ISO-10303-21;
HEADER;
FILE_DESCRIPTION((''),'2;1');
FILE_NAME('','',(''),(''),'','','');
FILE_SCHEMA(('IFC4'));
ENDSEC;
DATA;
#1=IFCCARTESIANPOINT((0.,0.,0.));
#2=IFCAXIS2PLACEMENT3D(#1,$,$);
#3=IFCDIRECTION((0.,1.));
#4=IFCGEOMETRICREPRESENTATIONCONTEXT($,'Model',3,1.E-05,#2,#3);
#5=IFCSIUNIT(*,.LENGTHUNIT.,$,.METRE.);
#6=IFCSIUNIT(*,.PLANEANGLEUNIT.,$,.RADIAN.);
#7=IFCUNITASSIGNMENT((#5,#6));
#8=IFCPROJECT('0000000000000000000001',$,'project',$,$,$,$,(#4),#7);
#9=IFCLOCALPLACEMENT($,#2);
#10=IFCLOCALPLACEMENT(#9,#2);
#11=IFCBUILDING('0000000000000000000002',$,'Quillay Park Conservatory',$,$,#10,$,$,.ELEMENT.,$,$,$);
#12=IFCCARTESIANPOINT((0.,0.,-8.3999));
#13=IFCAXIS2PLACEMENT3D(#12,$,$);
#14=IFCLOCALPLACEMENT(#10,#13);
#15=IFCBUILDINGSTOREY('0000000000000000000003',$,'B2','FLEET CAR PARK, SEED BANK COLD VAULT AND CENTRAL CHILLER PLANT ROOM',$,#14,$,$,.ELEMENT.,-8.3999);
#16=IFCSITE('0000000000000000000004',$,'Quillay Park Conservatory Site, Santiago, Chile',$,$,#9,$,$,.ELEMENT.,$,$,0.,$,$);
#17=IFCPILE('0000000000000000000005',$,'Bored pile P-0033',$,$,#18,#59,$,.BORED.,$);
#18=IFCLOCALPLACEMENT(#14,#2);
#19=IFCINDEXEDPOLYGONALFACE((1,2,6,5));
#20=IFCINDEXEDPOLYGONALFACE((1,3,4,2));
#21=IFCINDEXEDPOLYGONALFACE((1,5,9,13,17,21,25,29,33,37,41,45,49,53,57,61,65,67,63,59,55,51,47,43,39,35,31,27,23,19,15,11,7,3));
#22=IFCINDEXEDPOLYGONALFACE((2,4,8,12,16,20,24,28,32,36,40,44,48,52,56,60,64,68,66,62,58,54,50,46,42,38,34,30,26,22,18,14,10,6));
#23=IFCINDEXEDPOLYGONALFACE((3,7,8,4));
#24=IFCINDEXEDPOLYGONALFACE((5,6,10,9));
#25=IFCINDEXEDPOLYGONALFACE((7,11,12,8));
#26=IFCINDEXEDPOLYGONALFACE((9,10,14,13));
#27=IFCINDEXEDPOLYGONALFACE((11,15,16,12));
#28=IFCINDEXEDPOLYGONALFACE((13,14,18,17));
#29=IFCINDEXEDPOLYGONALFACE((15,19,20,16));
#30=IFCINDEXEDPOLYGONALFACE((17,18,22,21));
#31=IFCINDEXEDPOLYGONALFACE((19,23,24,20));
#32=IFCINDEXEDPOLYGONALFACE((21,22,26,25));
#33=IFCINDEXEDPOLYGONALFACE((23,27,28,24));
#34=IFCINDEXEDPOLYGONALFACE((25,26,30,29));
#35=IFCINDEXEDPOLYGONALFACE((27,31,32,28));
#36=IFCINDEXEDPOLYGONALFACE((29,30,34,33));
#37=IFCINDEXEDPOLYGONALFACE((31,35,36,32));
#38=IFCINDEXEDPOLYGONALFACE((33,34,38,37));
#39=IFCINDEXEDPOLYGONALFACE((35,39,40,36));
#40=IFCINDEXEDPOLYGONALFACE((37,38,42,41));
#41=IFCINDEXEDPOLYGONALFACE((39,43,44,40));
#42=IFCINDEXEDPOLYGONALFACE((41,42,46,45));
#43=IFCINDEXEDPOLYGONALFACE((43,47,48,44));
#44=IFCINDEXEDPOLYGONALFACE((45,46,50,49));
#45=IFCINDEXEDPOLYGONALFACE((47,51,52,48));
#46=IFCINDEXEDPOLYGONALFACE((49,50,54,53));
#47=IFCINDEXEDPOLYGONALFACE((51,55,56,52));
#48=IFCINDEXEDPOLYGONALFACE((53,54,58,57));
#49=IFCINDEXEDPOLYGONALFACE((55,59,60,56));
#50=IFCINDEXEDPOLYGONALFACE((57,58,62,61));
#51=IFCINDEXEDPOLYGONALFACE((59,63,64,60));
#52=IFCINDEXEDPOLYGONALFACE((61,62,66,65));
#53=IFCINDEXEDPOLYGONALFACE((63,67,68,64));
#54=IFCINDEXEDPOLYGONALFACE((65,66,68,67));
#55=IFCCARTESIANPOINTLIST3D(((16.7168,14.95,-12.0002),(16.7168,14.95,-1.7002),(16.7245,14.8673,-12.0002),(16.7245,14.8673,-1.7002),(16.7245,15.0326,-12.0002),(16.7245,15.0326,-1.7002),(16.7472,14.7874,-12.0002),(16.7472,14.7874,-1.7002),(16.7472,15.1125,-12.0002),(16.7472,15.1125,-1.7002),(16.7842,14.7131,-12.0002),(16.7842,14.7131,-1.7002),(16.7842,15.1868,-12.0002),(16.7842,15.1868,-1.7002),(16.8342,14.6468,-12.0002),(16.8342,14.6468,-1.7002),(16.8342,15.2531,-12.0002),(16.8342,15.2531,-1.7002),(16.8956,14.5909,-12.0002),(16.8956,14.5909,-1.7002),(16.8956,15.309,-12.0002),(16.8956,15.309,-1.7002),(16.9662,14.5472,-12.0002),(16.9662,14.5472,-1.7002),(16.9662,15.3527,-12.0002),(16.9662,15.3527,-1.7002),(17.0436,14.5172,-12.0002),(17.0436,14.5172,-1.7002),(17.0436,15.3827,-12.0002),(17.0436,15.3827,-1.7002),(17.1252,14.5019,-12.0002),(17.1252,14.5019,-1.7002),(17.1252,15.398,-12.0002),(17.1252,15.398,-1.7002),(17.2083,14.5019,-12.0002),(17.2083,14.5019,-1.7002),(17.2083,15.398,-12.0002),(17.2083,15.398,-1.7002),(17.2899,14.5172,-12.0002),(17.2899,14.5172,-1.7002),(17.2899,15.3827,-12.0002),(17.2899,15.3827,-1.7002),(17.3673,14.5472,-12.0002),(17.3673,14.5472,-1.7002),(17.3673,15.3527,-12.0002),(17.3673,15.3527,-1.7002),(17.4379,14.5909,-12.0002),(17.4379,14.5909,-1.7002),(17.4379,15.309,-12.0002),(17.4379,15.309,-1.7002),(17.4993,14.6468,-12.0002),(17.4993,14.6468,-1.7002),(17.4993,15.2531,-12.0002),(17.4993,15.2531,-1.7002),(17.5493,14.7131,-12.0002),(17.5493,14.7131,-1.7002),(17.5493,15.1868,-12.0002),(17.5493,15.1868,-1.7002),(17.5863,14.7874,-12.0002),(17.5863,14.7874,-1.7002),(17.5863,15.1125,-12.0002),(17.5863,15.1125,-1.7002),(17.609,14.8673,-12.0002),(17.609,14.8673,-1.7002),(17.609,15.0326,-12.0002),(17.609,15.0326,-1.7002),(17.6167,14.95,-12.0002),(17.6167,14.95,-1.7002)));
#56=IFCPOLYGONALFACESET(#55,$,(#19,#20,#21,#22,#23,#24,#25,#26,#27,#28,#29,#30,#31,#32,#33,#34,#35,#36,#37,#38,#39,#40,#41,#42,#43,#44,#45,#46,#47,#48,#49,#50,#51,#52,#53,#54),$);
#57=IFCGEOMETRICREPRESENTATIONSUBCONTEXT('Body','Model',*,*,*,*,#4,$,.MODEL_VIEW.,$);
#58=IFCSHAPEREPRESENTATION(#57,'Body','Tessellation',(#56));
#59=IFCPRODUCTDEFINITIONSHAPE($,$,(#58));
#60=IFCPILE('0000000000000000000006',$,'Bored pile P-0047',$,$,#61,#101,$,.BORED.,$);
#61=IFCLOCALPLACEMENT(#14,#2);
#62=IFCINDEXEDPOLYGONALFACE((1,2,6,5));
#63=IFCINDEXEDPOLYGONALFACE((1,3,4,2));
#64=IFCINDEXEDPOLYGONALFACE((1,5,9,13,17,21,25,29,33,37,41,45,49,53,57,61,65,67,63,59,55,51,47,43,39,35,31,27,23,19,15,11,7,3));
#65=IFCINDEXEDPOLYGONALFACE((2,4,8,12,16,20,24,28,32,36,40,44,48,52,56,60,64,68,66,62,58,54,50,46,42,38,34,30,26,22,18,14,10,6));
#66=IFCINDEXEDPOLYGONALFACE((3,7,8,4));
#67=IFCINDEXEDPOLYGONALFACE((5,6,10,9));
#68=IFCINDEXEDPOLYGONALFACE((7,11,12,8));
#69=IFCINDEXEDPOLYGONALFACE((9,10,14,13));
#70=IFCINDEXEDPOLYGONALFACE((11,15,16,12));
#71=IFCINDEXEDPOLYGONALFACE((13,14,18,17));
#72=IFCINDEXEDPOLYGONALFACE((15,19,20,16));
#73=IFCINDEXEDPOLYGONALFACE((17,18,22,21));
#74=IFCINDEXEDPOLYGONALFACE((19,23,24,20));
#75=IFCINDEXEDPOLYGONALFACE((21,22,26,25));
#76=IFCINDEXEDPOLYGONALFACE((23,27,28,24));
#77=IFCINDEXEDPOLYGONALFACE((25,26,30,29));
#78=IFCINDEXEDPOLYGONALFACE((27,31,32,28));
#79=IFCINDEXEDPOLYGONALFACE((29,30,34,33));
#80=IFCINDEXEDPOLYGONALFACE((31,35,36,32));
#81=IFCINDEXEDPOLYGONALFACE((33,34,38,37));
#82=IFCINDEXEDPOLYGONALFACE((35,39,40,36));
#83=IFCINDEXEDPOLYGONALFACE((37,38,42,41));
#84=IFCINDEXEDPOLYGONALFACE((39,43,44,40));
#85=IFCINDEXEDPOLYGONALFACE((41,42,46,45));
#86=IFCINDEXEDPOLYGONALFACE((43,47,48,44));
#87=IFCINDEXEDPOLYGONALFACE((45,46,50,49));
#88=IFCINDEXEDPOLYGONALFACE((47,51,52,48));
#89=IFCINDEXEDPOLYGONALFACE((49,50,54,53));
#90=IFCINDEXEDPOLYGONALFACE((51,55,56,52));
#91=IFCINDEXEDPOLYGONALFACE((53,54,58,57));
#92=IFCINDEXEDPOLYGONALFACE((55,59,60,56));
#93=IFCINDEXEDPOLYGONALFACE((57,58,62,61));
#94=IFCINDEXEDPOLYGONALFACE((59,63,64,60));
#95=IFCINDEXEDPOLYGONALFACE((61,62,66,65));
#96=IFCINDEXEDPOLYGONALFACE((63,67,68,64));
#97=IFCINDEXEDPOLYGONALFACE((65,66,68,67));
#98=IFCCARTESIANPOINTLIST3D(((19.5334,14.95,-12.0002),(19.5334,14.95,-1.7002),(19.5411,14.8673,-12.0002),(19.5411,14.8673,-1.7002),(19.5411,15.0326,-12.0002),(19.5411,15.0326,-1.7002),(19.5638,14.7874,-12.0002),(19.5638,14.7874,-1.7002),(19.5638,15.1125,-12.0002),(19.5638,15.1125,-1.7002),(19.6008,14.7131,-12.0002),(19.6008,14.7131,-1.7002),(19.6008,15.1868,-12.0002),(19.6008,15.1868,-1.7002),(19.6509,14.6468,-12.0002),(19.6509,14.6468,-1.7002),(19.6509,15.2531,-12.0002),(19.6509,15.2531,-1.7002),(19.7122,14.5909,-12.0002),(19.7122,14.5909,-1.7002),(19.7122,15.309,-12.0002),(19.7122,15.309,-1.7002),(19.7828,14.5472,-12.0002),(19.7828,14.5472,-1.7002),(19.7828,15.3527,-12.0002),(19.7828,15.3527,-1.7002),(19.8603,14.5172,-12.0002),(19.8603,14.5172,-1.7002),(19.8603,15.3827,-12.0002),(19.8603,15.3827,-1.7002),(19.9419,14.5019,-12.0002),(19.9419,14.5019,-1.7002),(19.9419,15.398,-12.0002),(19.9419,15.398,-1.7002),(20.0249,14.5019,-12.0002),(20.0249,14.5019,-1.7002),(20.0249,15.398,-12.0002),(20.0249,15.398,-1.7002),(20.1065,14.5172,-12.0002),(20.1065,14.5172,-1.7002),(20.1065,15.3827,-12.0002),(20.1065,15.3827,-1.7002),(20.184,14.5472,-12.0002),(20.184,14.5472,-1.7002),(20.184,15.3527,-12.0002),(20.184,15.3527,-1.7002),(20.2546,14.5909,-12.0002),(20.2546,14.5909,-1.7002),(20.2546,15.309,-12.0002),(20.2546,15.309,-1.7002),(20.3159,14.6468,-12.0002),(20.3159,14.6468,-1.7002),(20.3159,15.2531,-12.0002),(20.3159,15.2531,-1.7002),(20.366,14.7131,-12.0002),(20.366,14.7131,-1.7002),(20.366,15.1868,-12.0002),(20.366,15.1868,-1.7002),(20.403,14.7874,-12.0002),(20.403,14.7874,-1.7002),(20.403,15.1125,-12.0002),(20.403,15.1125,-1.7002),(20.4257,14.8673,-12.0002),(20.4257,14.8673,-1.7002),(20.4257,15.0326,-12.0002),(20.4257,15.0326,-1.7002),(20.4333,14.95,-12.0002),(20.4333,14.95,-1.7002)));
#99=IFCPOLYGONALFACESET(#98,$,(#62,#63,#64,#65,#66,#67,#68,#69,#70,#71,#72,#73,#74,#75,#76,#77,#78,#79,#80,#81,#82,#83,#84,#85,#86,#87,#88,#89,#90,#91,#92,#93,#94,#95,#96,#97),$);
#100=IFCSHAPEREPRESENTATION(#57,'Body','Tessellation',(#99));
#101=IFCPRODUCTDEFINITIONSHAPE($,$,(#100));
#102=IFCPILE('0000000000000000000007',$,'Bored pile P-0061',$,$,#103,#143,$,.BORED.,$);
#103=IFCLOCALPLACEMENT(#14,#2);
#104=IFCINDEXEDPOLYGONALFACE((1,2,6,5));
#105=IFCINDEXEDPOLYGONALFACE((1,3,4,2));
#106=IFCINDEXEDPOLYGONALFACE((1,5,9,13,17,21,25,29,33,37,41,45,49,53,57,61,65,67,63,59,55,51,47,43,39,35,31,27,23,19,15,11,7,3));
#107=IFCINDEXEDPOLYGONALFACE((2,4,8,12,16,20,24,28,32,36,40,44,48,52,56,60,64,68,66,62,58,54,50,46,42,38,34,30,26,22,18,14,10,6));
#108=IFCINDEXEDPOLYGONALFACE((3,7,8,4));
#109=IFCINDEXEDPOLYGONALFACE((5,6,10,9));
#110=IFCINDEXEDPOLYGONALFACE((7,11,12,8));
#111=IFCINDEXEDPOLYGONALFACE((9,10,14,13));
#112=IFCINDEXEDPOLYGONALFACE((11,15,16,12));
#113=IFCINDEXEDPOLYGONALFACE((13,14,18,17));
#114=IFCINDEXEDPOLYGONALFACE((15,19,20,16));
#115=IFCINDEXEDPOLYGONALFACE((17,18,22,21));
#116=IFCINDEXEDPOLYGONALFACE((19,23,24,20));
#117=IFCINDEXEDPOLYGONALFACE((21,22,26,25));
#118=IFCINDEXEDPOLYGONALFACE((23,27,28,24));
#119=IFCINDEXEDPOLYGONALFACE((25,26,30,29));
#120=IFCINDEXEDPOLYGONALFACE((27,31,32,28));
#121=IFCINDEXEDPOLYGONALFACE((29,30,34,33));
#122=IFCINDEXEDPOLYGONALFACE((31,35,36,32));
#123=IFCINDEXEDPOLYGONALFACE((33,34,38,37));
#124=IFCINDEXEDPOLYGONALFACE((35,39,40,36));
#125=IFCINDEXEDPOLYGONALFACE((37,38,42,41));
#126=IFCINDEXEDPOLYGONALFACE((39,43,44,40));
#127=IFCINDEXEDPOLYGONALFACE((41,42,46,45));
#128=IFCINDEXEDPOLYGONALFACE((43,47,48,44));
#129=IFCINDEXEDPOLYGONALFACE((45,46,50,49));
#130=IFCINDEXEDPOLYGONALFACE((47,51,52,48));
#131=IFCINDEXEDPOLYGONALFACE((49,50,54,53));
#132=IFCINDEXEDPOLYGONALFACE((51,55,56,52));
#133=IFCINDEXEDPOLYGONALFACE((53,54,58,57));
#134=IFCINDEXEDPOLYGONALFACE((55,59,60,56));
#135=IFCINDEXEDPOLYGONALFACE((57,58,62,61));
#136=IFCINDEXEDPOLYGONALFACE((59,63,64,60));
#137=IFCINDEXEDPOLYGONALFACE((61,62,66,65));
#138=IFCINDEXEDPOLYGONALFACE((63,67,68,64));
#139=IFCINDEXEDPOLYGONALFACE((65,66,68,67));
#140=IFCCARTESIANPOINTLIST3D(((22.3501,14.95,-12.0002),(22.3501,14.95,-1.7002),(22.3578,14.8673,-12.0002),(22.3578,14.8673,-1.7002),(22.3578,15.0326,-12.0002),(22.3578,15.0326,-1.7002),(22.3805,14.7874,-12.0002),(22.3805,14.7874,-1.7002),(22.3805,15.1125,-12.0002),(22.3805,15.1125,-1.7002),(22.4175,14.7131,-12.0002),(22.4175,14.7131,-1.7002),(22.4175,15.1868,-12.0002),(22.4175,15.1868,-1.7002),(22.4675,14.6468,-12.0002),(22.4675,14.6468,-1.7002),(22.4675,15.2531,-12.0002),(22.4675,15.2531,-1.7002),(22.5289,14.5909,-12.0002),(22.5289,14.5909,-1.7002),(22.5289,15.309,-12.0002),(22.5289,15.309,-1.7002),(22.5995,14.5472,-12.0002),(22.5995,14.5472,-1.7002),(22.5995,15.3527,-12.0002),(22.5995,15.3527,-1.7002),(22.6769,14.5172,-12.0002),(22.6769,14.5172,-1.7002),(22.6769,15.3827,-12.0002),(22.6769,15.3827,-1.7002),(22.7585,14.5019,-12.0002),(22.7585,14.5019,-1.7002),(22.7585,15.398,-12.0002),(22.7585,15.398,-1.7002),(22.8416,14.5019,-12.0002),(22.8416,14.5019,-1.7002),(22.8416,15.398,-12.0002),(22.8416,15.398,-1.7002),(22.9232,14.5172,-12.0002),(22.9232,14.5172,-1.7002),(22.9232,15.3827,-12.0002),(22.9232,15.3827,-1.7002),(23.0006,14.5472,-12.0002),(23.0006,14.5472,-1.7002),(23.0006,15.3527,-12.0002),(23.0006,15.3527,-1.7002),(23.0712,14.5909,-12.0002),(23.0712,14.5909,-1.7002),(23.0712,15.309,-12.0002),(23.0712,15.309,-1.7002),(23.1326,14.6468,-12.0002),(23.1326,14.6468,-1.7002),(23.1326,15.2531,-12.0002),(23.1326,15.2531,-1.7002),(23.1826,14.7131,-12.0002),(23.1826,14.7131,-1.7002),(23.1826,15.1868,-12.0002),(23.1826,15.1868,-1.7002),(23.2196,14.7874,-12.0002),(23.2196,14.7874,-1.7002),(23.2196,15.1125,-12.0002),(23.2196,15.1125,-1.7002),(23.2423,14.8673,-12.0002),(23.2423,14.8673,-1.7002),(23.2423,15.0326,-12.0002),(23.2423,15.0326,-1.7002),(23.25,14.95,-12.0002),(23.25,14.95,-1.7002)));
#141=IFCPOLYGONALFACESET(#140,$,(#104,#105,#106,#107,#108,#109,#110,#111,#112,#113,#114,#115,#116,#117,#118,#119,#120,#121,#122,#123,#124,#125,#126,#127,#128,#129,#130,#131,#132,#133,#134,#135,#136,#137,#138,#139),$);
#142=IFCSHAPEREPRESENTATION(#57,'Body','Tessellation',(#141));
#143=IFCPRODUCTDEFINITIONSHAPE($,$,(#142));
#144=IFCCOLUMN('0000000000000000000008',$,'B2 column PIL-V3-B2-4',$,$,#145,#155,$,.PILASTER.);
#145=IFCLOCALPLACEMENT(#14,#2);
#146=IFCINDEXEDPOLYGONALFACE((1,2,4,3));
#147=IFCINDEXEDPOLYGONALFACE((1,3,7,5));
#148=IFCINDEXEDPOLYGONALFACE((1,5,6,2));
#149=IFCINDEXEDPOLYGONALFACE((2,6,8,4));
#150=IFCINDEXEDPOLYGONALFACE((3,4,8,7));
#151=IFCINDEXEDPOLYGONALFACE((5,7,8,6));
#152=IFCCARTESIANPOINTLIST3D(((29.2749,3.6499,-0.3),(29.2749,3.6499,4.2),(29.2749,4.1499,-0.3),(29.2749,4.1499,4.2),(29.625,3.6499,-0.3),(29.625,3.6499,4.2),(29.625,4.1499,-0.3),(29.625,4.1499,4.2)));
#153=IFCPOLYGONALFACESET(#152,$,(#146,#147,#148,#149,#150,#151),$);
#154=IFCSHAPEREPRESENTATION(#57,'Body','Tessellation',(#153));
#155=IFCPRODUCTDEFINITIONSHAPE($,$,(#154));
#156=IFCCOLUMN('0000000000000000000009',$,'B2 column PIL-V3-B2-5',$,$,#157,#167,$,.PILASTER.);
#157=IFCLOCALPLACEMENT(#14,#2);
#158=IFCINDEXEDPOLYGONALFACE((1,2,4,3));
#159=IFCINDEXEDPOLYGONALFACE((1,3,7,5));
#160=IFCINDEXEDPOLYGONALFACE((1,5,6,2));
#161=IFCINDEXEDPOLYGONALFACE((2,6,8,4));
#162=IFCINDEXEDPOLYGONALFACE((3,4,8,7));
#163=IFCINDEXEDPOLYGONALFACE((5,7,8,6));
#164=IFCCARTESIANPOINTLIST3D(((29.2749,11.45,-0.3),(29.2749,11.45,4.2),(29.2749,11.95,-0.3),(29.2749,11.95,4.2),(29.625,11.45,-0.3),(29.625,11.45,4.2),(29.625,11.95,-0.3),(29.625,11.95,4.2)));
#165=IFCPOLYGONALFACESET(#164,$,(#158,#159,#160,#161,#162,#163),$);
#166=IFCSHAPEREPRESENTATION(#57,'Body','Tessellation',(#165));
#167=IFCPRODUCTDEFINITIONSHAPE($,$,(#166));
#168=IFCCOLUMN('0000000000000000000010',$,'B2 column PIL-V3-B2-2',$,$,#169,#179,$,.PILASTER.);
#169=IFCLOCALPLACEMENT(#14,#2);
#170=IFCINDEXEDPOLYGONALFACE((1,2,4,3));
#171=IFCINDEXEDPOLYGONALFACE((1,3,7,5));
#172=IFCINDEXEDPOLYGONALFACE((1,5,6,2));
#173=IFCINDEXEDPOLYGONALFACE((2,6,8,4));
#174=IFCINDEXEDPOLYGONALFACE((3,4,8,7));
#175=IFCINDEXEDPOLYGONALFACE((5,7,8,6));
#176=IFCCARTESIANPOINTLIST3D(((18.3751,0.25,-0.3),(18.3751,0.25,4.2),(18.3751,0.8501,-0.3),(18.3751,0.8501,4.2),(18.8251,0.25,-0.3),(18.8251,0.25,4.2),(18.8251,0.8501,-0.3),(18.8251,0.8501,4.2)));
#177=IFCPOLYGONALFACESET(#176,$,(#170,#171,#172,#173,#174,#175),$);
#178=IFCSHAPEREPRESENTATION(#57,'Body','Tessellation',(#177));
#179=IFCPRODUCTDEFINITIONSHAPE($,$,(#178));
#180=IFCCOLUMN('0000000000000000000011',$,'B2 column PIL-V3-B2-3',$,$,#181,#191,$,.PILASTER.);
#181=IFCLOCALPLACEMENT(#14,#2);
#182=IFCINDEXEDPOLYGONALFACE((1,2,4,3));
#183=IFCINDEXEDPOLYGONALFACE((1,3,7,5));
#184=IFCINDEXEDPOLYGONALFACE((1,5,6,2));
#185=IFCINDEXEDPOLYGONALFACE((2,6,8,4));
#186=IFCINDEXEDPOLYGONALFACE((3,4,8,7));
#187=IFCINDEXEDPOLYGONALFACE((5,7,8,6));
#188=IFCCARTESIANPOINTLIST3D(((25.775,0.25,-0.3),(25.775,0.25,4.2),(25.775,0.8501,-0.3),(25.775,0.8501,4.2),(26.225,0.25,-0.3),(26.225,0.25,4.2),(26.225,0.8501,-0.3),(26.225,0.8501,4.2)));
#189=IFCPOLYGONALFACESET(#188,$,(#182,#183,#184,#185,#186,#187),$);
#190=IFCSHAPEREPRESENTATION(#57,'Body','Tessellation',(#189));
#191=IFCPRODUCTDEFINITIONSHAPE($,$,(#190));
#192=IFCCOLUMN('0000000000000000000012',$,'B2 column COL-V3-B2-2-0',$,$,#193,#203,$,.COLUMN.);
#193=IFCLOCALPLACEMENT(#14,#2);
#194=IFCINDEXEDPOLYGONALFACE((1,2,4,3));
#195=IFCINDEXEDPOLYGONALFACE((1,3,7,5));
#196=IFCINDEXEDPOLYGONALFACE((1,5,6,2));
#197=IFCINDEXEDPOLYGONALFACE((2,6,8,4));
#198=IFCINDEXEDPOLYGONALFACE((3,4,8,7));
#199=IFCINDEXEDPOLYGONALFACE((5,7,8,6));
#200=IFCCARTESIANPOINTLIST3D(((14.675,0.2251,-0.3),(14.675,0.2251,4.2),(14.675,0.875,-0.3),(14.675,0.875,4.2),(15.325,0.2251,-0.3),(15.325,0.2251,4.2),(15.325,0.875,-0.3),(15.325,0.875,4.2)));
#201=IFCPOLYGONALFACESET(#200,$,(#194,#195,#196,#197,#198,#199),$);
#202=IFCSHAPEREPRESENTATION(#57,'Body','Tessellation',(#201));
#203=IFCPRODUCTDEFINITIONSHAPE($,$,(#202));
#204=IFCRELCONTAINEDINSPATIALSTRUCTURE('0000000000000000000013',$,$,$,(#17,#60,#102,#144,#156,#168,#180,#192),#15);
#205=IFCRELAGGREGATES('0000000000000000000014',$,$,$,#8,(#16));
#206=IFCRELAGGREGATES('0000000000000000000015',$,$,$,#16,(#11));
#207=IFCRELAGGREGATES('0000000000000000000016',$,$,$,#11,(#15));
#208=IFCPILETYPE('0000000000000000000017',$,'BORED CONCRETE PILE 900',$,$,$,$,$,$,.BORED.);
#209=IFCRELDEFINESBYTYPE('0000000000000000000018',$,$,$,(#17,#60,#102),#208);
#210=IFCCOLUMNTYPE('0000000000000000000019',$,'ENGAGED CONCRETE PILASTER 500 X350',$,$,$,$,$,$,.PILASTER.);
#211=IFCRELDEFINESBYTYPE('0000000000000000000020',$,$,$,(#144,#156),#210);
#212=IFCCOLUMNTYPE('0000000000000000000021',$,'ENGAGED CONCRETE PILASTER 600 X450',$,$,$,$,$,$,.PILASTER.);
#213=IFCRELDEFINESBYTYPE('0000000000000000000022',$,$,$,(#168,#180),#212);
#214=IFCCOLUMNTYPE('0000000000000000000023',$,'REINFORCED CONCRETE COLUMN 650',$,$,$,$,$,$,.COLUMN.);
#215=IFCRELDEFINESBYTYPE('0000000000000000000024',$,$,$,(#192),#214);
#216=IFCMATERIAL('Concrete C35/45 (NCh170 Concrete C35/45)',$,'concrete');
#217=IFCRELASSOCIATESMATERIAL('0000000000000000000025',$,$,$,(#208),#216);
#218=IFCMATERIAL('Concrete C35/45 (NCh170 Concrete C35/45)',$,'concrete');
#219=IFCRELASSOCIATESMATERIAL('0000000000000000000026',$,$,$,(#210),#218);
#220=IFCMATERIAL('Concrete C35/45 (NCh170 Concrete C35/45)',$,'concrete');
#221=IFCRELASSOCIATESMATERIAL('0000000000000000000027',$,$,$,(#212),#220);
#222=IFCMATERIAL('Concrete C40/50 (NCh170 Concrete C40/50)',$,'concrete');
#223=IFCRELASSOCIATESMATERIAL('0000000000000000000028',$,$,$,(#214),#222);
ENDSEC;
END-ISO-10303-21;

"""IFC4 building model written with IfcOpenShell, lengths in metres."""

from ifc_helpers import new_model, si_unit, direction, frame, origin, origin_2d, place, context, subcontext, project, spatial, rectangle, circle, extrude, material, material_profile, profile_set, type_object, element, save


model = new_model("IFC4")

# Units and contexts
model_context = context("Model", 3, precision=1e-05, world=origin(), true_north=direction((0.0, 1.0)))
body_context = subcontext(model_context, "Body", "Model", "MODEL_VIEW")
ifc_project = project(units=[si_unit("LENGTHUNIT", "METRE"), si_unit("PLANEANGLEUNIT", "RADIAN")], contexts=[model_context])

# Site, building, storey
site_placement = place(None, origin())
site = spatial("IfcSite", under=ifc_project, at=site_placement, Name="Quillay Park Conservatory Site, Santiago, Chile", CompositionType="ELEMENT", RefElevation=0.0)
building_placement = place(site_placement, origin())
building = spatial("IfcBuilding", under=site, at=building_placement, Name="Quillay Park Conservatory", CompositionType="ELEMENT")
storey_placement = place(building_placement, frame((0.0, 0.0, -8.3999)))
storey = spatial("IfcBuildingStorey", under=building, at=storey_placement, Name="B2", Description="FLEET CAR PARK, SEED BANK COLD VAULT AND CENTRAL CHILLER PLANT ROOM", CompositionType="ELEMENT", Elevation=-8.3999)

# Piles
ifc_material_1 = material(Name="Concrete C35/45 (NCh170 Concrete C35/45)", Category="concrete")
ifc_material_profile_1 = material_profile(ifc_material_1, circle(Radius=0.45, at=origin_2d()), Name="PILE900")
ifc_profile_set_1 = profile_set([ifc_material_profile_1], Name="Concrete C35/45 (NCh170 Concrete C35/45)")
pile_type = type_object("IfcPileType", Name="BORED CONCRETE PILE 900", PredefinedType="BORED", material=ifc_profile_set_1)
for number, where, z_axis, x_axis, name in (
    (1, (17.1667, 14.95, -1.7002), (0.0, 0.0, -1.0), (1.0, 0.0, 0.0), "Bored pile P-0033"),
    (2, (19.9834, 14.95, -1.7002), (0.0, 0.0, -1.0), (1.0, 0.0, 0.0), "Bored pile P-0047"),
    (3, (22.8, 14.95, -1.7002), (0.0, 0.0, -1.0), (1.0, 0.0, 0.0), "Bored pile P-0061"),
):
    element("IfcPile", number, at=place(storey_placement, frame(where, z_axis=z_axis, x_axis=x_axis)), inside=storey, type_object=pile_type, Name=name, PredefinedType="BORED", context=body_context, shape_type="SweptSolid", body=[
        extrude(circle(Radius=0.45, at=origin_2d()), origin(), (0.0, 0.0, 1.0), 10.3),
    ])

# Columns
ifc_material_2 = material(Name="Concrete C35/45 (NCh170 Concrete C35/45)", Category="concrete")
ifc_material_profile_2 = material_profile(ifc_material_2, rectangle(XDim=0.3501, YDim=0.5, at=origin_2d()), Name="RC500x350")
ifc_profile_set_2 = profile_set([ifc_material_profile_2], Name="Concrete C35/45 (NCh170 Concrete C35/45)")
column_type_1 = type_object("IfcColumnType", Name="ENGAGED CONCRETE PILASTER 500 X350", PredefinedType="PILASTER", material=ifc_profile_set_2)
for number, where, z_axis, x_axis, name in (
    (4, (29.45, 3.8999, -0.3), (0.0, 0.0, 1.0), (1.0, 0.0, 0.0), "B2 column PIL-V3-B2-4"),
    (5, (29.45, 11.7, -0.3), (0.0, 0.0, 1.0), (1.0, 0.0, 0.0), "B2 column PIL-V3-B2-5"),
):
    element("IfcColumn", number, at=place(storey_placement, frame(where, z_axis=z_axis, x_axis=x_axis)), inside=storey, type_object=column_type_1, Name=name, PredefinedType="PILASTER", context=body_context, shape_type="SweptSolid", body=[
        extrude(rectangle(XDim=0.3501, YDim=0.5, at=origin_2d()), origin(), (0.0, 0.0, 1.0), 4.5),
    ])
ifc_material_3 = material(Name="Concrete C35/45 (NCh170 Concrete C35/45)", Category="concrete")
ifc_material_profile_3 = material_profile(ifc_material_3, rectangle(XDim=0.45, YDim=0.6001, at=origin_2d()), Name="RC600x450")
ifc_profile_set_3 = profile_set([ifc_material_profile_3], Name="Concrete C35/45 (NCh170 Concrete C35/45)")
column_type_2 = type_object("IfcColumnType", Name="ENGAGED CONCRETE PILASTER 600 X450", PredefinedType="PILASTER", material=ifc_profile_set_3)
for number, where, z_axis, x_axis, name in (
    (6, (18.6001, 0.55, -0.3), (0.0, 0.0, 1.0), (1.0, 0.0, 0.0), "B2 column PIL-V3-B2-2"),
    (7, (26.0, 0.55, -0.3), (0.0, 0.0, 1.0), (1.0, 0.0, 0.0), "B2 column PIL-V3-B2-3"),
):
    element("IfcColumn", number, at=place(storey_placement, frame(where, z_axis=z_axis, x_axis=x_axis)), inside=storey, type_object=column_type_2, Name=name, PredefinedType="PILASTER", context=body_context, shape_type="SweptSolid", body=[
        extrude(rectangle(XDim=0.45, YDim=0.6001, at=origin_2d()), origin(), (0.0, 0.0, 1.0), 4.5),
    ])
ifc_material_4 = material(Name="Concrete C40/50 (NCh170 Concrete C40/50)", Category="concrete")
ifc_material_profile_4 = material_profile(ifc_material_4, rectangle(XDim=0.6499, YDim=0.6499, at=origin_2d()), Name="RC650x650")
ifc_profile_set_4 = profile_set([ifc_material_profile_4], Name="Concrete C40/50 (NCh170 Concrete C40/50)")
column_type_3 = type_object("IfcColumnType", Name="REINFORCED CONCRETE COLUMN 650", PredefinedType="COLUMN", material=ifc_profile_set_4)
for number, where, z_axis, x_axis, name in (
    (8, (15.0, 0.55, -0.3), (0.0, 0.0, 1.0), (1.0, 0.0, 0.0), "B2 column COL-V3-B2-2-0"),
):
    element("IfcColumn", number, at=place(storey_placement, frame(where, z_axis=z_axis, x_axis=x_axis)), inside=storey, type_object=column_type_3, Name=name, PredefinedType="COLUMN", context=body_context, shape_type="SweptSolid", body=[
        extrude(rectangle(XDim=0.6499, YDim=0.6499, at=origin_2d()), origin(), (0.0, 0.0, 1.0), 4.5),
    ])

save(model, "model.ifc")
